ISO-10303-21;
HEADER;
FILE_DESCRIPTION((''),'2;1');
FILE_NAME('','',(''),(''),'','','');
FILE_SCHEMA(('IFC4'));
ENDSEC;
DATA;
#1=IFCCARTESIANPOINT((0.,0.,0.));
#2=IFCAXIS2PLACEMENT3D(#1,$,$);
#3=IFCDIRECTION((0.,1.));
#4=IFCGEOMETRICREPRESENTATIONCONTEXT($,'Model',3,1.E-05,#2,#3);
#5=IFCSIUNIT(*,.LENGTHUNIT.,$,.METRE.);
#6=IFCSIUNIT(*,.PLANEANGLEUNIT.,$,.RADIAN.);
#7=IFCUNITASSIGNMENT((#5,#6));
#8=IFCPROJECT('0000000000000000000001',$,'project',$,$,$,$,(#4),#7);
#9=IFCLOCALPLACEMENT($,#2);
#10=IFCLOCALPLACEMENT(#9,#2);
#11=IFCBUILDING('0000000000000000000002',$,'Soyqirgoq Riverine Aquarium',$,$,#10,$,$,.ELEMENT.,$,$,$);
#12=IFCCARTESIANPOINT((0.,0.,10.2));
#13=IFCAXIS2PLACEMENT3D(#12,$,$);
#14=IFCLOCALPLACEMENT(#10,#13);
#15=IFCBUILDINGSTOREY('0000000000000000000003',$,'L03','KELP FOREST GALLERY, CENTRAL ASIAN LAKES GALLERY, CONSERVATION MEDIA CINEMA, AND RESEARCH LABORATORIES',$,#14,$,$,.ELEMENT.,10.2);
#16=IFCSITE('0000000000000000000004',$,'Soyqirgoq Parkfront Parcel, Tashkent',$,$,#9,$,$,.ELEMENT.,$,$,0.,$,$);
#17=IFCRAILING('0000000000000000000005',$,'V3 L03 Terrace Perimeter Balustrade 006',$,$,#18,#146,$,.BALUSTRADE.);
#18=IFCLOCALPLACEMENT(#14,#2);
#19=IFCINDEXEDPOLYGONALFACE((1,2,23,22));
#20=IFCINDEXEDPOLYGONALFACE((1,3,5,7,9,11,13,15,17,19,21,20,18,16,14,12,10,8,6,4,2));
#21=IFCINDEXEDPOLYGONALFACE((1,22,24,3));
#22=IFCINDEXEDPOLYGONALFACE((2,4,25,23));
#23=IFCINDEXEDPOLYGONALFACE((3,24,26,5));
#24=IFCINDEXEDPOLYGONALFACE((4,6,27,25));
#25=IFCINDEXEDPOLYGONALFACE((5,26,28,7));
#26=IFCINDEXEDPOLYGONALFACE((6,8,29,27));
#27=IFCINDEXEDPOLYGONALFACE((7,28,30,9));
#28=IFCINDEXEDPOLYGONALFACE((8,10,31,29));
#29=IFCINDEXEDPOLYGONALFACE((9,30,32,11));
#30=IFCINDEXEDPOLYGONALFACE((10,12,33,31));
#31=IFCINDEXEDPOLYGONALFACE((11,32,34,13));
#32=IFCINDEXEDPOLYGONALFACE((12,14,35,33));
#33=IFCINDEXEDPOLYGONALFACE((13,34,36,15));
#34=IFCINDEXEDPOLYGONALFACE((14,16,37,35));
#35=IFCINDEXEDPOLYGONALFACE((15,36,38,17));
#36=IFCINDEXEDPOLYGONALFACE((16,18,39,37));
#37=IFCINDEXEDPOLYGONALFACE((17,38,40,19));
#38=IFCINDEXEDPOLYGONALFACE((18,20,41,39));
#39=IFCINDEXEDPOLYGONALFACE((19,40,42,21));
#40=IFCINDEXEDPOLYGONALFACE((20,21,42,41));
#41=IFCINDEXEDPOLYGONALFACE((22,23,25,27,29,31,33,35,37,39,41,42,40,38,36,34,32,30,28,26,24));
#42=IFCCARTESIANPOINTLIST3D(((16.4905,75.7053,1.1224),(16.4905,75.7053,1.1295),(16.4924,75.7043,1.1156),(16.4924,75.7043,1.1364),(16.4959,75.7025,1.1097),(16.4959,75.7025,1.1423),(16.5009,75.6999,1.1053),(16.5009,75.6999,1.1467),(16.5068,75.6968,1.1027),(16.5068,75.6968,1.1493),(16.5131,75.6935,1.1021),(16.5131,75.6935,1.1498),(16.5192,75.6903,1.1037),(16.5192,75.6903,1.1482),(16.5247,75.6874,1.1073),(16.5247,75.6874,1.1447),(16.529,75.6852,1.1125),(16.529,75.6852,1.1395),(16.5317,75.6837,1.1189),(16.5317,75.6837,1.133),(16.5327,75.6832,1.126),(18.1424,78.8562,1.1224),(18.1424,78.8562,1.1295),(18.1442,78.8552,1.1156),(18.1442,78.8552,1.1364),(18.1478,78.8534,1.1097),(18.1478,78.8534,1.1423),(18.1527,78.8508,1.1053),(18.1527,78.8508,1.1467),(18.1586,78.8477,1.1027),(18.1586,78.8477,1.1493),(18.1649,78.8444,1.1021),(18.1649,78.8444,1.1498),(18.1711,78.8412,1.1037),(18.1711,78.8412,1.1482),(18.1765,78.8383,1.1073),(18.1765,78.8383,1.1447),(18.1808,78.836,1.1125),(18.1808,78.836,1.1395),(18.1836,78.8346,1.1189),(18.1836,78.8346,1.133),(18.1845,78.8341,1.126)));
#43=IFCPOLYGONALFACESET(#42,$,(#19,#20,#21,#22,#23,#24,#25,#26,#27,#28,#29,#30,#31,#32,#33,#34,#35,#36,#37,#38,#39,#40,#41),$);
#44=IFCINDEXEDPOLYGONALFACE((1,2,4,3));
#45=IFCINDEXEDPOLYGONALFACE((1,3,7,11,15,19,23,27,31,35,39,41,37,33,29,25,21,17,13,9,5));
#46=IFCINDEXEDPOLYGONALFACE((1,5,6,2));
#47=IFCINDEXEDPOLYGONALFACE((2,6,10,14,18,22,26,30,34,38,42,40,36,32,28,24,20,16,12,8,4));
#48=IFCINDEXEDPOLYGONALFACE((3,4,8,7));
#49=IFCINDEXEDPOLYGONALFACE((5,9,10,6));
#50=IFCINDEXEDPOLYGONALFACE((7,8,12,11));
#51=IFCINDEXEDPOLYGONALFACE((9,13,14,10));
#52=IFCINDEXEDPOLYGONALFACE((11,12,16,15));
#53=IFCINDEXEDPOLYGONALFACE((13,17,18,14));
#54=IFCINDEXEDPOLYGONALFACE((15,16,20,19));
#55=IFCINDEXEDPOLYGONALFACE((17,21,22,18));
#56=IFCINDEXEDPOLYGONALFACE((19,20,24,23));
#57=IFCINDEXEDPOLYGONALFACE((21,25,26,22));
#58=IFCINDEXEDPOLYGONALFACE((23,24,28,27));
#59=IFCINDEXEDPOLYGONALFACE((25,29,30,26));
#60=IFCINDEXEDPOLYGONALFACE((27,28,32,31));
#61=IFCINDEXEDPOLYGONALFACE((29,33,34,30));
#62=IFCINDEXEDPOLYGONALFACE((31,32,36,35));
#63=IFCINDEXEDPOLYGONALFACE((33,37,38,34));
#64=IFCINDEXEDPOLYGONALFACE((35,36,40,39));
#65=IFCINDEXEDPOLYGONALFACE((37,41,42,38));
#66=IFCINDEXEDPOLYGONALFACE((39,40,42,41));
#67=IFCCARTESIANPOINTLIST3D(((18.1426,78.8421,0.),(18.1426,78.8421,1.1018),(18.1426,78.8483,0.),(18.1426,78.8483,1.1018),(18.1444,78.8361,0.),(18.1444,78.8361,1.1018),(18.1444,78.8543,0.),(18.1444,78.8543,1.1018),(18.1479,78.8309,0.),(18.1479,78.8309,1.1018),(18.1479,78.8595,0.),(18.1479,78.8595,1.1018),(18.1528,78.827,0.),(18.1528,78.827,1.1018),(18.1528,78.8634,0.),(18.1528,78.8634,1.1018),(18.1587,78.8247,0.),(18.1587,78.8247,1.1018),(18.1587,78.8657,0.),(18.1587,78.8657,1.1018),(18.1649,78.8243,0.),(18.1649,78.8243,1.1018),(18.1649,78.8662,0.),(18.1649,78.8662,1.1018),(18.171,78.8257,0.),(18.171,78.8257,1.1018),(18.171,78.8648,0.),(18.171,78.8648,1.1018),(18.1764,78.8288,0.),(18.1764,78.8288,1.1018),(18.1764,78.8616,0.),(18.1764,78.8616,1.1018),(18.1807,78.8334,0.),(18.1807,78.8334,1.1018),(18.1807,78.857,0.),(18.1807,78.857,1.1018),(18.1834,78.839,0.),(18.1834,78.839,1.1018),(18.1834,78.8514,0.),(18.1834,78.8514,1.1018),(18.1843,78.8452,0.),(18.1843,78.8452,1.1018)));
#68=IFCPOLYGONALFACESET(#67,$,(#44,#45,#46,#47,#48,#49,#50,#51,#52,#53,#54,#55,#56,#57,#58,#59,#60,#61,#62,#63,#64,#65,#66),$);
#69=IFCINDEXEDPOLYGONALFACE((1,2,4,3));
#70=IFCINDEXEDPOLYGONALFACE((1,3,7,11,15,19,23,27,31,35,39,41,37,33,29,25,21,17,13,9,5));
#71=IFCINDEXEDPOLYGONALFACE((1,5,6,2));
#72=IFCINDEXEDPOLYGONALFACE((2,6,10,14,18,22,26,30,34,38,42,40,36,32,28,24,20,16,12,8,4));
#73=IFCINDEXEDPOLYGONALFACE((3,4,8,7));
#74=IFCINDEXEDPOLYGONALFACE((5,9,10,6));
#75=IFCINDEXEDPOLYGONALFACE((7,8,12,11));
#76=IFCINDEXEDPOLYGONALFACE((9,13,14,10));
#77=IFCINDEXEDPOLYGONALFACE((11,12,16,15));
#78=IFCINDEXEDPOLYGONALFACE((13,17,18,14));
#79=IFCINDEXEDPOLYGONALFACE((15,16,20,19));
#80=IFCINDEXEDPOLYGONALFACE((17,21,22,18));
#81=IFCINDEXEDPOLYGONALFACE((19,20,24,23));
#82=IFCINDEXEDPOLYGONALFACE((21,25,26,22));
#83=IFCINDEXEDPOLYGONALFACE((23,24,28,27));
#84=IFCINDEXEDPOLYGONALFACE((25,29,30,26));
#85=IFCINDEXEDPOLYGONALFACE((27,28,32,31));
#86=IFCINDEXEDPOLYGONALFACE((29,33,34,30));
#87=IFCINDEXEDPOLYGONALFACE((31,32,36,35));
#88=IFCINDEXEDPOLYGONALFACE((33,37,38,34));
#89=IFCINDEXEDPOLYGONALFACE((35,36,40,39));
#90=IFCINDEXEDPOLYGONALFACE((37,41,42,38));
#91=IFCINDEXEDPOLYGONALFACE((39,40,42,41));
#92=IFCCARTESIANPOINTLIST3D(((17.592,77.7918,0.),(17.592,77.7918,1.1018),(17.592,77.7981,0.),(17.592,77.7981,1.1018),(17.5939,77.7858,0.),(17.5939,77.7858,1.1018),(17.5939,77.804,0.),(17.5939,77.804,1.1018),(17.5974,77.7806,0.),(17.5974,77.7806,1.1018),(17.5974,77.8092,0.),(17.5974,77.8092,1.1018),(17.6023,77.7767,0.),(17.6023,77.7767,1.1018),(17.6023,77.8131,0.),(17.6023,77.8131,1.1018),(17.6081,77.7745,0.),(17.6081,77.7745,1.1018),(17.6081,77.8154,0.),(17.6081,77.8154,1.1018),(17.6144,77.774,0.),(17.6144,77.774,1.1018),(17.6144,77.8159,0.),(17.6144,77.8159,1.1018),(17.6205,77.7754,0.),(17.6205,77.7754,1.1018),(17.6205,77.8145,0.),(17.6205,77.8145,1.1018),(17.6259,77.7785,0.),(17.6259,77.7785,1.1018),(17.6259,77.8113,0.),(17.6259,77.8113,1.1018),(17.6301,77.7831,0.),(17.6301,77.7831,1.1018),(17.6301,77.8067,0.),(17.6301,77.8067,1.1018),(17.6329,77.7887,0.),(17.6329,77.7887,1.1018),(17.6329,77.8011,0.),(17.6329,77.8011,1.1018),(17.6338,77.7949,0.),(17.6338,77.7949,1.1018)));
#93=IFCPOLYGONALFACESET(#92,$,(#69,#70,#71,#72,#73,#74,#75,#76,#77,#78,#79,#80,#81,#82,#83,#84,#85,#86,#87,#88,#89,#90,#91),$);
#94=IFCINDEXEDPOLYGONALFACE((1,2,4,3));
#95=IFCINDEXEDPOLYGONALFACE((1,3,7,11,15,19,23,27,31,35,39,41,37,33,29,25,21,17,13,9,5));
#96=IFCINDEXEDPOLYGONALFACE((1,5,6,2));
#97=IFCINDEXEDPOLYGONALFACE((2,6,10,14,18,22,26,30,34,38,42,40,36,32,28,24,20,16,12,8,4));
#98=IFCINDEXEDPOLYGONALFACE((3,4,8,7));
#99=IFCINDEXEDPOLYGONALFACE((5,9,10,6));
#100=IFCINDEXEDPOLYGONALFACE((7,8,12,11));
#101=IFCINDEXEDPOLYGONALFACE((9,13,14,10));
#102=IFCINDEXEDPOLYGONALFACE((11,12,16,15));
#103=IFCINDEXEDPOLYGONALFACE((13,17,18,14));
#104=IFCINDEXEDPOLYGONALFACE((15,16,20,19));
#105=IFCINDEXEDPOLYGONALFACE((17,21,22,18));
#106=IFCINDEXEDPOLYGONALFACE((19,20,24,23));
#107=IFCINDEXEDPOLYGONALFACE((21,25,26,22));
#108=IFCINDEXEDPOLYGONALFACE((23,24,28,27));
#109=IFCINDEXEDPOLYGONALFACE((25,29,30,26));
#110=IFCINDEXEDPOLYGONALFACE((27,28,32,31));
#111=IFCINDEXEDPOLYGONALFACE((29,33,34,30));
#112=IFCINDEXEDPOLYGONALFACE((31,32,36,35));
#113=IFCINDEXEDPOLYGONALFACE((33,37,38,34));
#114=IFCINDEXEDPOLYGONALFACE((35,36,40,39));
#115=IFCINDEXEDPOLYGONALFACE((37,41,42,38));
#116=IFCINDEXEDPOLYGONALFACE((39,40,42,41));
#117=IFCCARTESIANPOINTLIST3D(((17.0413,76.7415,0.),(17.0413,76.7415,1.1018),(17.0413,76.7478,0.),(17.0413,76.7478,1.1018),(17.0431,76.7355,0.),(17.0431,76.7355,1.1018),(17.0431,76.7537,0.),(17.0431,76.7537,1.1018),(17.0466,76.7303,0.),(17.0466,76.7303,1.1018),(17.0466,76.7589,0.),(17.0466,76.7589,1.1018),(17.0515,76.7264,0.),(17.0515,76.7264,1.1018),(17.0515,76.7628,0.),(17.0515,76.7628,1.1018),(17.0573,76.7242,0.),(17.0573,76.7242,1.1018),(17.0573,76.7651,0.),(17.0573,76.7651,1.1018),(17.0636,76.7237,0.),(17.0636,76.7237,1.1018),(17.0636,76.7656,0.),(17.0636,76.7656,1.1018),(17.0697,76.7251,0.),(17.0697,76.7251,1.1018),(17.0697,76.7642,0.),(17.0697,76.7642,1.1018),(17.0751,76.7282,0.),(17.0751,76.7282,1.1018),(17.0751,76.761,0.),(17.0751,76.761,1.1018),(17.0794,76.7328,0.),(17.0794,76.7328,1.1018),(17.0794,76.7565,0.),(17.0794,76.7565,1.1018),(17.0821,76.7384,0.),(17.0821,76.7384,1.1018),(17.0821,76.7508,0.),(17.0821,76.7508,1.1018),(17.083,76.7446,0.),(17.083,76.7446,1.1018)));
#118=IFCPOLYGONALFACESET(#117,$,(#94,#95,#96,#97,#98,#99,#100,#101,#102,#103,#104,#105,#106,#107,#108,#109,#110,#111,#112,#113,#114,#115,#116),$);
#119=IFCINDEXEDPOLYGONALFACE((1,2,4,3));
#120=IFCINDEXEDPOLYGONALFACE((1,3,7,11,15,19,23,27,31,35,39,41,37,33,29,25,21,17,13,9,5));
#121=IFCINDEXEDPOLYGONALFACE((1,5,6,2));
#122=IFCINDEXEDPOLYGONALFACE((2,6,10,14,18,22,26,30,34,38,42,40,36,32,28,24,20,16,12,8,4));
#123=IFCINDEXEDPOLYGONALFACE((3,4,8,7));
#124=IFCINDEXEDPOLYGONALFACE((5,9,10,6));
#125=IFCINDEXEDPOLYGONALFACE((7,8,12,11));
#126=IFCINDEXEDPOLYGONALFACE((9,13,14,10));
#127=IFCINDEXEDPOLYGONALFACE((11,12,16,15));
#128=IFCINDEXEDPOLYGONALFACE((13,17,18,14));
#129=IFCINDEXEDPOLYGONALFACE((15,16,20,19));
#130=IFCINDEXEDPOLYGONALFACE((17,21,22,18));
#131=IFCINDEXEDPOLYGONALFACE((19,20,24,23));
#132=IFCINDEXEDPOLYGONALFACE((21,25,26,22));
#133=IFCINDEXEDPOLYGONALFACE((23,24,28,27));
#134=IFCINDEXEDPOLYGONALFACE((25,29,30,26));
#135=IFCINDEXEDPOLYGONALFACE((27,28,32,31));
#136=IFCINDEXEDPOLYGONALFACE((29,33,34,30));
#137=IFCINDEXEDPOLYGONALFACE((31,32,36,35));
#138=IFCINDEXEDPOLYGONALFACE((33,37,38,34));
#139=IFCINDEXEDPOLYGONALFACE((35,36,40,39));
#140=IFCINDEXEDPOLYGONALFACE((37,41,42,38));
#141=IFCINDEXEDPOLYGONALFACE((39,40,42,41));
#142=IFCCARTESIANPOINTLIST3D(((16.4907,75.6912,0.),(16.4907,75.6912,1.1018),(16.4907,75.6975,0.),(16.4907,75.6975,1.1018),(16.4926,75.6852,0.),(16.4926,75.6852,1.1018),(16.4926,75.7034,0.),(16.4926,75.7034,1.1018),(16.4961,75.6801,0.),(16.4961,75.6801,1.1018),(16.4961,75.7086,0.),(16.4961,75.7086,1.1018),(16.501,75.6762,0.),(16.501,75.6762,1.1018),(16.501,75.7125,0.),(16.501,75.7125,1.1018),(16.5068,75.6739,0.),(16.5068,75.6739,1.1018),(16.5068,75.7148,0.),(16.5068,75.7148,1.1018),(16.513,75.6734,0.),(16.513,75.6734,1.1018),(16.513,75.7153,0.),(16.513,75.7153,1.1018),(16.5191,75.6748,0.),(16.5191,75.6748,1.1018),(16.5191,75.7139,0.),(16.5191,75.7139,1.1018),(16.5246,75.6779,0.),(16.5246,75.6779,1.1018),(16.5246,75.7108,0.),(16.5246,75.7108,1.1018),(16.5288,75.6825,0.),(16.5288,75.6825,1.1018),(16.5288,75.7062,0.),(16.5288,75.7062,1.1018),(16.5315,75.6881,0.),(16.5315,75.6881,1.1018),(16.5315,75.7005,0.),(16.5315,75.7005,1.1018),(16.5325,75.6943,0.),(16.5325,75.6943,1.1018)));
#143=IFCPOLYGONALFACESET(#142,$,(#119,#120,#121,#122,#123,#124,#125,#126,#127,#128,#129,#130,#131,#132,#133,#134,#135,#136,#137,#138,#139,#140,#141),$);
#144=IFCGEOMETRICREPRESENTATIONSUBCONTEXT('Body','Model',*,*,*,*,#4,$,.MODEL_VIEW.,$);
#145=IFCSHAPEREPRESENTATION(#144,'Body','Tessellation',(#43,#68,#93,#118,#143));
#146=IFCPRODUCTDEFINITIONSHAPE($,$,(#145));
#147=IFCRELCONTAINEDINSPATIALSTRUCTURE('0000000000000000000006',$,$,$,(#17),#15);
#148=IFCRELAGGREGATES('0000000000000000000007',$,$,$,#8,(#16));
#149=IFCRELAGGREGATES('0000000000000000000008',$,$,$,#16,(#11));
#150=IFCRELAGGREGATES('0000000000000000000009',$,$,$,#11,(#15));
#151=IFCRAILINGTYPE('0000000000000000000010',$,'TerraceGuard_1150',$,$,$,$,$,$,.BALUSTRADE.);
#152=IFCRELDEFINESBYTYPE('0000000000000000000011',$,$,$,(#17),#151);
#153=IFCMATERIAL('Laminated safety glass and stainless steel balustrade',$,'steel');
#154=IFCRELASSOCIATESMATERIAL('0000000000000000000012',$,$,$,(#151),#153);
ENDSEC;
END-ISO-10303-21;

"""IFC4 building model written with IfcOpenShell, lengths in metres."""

from ifc_helpers import new_model, si_unit, direction, frame, origin, origin_2d, place, context, subcontext, project, spatial, circle, extrude, material, type_object, element, save


model = new_model("IFC4")

# Units and contexts
model_context = context("Model", 3, precision=1e-05, world=origin(), true_north=direction((0.0, 1.0)))
body_context = subcontext(model_context, "Body", "Model", "MODEL_VIEW")
ifc_project = project(units=[si_unit("LENGTHUNIT", "METRE"), si_unit("PLANEANGLEUNIT", "RADIAN")], contexts=[model_context])

# Site, building, storey
site_placement = place(None, origin())
site = spatial("IfcSite", under=ifc_project, at=site_placement, Name="Soyqirgoq Parkfront Parcel, Tashkent", CompositionType="ELEMENT", RefElevation=0.0)
building_placement = place(site_placement, origin())
building = spatial("IfcBuilding", under=site, at=building_placement, Name="Soyqirgoq Riverine Aquarium", CompositionType="ELEMENT")
storey_placement = place(building_placement, frame((0.0, 0.0, 10.2)))
storey = spatial("IfcBuildingStorey", under=building, at=storey_placement, Name="L03", Description="KELP FOREST GALLERY, CENTRAL ASIAN LAKES GALLERY, CONSERVATION MEDIA CINEMA, AND RESEARCH LABORATORIES", CompositionType="ELEMENT", Elevation=10.2)

# Railing
ifc_material_1 = material(Name="Laminated safety glass and stainless steel balustrade", Category="steel")
railing_type = type_object("IfcRailingType", Name="TerraceGuard_1150", PredefinedType="BALUSTRADE", material=ifc_material_1)
railing_1_placement = place(storey_placement, frame((18.1633, 78.8452, 0.0)))
element("IfcRailing", 1, at=railing_1_placement, inside=storey, type_object=railing_type, Name="V3 L03 Terrace Perimeter Balustrade 006", PredefinedType="BALUSTRADE", context=body_context, shape_type="SweptSolid", body=[
    extrude(circle(Radius=0.0239, at=origin_2d()), frame((0.0, 0.0, 1.126), z_axis=(-0.464315, -0.88567, 0.0), x_axis=(0.88567, -0.464315, 0.0)), (0.0, 0.0, 1.0), 3.5576),
    extrude(circle(Radius=0.021, at=origin_2d()), origin(), (0.0, 0.0, 1.0), 1.1018),
    extrude(circle(Radius=0.021, at=origin_2d()), frame((-0.5505, -1.0503, 0.0)), (0.0, 0.0, 1.0), 1.1018),
    extrude(circle(Radius=0.021, at=origin_2d()), frame((-1.1013, -2.1006, 0.0)), (0.0, 0.0, 1.0), 1.1018),
    extrude(circle(Radius=0.021, at=origin_2d()), frame((-1.6519, -3.1509, 0.0)), (0.0, 0.0, 1.0), 1.1018),
])

save(model, "model.ifc")
